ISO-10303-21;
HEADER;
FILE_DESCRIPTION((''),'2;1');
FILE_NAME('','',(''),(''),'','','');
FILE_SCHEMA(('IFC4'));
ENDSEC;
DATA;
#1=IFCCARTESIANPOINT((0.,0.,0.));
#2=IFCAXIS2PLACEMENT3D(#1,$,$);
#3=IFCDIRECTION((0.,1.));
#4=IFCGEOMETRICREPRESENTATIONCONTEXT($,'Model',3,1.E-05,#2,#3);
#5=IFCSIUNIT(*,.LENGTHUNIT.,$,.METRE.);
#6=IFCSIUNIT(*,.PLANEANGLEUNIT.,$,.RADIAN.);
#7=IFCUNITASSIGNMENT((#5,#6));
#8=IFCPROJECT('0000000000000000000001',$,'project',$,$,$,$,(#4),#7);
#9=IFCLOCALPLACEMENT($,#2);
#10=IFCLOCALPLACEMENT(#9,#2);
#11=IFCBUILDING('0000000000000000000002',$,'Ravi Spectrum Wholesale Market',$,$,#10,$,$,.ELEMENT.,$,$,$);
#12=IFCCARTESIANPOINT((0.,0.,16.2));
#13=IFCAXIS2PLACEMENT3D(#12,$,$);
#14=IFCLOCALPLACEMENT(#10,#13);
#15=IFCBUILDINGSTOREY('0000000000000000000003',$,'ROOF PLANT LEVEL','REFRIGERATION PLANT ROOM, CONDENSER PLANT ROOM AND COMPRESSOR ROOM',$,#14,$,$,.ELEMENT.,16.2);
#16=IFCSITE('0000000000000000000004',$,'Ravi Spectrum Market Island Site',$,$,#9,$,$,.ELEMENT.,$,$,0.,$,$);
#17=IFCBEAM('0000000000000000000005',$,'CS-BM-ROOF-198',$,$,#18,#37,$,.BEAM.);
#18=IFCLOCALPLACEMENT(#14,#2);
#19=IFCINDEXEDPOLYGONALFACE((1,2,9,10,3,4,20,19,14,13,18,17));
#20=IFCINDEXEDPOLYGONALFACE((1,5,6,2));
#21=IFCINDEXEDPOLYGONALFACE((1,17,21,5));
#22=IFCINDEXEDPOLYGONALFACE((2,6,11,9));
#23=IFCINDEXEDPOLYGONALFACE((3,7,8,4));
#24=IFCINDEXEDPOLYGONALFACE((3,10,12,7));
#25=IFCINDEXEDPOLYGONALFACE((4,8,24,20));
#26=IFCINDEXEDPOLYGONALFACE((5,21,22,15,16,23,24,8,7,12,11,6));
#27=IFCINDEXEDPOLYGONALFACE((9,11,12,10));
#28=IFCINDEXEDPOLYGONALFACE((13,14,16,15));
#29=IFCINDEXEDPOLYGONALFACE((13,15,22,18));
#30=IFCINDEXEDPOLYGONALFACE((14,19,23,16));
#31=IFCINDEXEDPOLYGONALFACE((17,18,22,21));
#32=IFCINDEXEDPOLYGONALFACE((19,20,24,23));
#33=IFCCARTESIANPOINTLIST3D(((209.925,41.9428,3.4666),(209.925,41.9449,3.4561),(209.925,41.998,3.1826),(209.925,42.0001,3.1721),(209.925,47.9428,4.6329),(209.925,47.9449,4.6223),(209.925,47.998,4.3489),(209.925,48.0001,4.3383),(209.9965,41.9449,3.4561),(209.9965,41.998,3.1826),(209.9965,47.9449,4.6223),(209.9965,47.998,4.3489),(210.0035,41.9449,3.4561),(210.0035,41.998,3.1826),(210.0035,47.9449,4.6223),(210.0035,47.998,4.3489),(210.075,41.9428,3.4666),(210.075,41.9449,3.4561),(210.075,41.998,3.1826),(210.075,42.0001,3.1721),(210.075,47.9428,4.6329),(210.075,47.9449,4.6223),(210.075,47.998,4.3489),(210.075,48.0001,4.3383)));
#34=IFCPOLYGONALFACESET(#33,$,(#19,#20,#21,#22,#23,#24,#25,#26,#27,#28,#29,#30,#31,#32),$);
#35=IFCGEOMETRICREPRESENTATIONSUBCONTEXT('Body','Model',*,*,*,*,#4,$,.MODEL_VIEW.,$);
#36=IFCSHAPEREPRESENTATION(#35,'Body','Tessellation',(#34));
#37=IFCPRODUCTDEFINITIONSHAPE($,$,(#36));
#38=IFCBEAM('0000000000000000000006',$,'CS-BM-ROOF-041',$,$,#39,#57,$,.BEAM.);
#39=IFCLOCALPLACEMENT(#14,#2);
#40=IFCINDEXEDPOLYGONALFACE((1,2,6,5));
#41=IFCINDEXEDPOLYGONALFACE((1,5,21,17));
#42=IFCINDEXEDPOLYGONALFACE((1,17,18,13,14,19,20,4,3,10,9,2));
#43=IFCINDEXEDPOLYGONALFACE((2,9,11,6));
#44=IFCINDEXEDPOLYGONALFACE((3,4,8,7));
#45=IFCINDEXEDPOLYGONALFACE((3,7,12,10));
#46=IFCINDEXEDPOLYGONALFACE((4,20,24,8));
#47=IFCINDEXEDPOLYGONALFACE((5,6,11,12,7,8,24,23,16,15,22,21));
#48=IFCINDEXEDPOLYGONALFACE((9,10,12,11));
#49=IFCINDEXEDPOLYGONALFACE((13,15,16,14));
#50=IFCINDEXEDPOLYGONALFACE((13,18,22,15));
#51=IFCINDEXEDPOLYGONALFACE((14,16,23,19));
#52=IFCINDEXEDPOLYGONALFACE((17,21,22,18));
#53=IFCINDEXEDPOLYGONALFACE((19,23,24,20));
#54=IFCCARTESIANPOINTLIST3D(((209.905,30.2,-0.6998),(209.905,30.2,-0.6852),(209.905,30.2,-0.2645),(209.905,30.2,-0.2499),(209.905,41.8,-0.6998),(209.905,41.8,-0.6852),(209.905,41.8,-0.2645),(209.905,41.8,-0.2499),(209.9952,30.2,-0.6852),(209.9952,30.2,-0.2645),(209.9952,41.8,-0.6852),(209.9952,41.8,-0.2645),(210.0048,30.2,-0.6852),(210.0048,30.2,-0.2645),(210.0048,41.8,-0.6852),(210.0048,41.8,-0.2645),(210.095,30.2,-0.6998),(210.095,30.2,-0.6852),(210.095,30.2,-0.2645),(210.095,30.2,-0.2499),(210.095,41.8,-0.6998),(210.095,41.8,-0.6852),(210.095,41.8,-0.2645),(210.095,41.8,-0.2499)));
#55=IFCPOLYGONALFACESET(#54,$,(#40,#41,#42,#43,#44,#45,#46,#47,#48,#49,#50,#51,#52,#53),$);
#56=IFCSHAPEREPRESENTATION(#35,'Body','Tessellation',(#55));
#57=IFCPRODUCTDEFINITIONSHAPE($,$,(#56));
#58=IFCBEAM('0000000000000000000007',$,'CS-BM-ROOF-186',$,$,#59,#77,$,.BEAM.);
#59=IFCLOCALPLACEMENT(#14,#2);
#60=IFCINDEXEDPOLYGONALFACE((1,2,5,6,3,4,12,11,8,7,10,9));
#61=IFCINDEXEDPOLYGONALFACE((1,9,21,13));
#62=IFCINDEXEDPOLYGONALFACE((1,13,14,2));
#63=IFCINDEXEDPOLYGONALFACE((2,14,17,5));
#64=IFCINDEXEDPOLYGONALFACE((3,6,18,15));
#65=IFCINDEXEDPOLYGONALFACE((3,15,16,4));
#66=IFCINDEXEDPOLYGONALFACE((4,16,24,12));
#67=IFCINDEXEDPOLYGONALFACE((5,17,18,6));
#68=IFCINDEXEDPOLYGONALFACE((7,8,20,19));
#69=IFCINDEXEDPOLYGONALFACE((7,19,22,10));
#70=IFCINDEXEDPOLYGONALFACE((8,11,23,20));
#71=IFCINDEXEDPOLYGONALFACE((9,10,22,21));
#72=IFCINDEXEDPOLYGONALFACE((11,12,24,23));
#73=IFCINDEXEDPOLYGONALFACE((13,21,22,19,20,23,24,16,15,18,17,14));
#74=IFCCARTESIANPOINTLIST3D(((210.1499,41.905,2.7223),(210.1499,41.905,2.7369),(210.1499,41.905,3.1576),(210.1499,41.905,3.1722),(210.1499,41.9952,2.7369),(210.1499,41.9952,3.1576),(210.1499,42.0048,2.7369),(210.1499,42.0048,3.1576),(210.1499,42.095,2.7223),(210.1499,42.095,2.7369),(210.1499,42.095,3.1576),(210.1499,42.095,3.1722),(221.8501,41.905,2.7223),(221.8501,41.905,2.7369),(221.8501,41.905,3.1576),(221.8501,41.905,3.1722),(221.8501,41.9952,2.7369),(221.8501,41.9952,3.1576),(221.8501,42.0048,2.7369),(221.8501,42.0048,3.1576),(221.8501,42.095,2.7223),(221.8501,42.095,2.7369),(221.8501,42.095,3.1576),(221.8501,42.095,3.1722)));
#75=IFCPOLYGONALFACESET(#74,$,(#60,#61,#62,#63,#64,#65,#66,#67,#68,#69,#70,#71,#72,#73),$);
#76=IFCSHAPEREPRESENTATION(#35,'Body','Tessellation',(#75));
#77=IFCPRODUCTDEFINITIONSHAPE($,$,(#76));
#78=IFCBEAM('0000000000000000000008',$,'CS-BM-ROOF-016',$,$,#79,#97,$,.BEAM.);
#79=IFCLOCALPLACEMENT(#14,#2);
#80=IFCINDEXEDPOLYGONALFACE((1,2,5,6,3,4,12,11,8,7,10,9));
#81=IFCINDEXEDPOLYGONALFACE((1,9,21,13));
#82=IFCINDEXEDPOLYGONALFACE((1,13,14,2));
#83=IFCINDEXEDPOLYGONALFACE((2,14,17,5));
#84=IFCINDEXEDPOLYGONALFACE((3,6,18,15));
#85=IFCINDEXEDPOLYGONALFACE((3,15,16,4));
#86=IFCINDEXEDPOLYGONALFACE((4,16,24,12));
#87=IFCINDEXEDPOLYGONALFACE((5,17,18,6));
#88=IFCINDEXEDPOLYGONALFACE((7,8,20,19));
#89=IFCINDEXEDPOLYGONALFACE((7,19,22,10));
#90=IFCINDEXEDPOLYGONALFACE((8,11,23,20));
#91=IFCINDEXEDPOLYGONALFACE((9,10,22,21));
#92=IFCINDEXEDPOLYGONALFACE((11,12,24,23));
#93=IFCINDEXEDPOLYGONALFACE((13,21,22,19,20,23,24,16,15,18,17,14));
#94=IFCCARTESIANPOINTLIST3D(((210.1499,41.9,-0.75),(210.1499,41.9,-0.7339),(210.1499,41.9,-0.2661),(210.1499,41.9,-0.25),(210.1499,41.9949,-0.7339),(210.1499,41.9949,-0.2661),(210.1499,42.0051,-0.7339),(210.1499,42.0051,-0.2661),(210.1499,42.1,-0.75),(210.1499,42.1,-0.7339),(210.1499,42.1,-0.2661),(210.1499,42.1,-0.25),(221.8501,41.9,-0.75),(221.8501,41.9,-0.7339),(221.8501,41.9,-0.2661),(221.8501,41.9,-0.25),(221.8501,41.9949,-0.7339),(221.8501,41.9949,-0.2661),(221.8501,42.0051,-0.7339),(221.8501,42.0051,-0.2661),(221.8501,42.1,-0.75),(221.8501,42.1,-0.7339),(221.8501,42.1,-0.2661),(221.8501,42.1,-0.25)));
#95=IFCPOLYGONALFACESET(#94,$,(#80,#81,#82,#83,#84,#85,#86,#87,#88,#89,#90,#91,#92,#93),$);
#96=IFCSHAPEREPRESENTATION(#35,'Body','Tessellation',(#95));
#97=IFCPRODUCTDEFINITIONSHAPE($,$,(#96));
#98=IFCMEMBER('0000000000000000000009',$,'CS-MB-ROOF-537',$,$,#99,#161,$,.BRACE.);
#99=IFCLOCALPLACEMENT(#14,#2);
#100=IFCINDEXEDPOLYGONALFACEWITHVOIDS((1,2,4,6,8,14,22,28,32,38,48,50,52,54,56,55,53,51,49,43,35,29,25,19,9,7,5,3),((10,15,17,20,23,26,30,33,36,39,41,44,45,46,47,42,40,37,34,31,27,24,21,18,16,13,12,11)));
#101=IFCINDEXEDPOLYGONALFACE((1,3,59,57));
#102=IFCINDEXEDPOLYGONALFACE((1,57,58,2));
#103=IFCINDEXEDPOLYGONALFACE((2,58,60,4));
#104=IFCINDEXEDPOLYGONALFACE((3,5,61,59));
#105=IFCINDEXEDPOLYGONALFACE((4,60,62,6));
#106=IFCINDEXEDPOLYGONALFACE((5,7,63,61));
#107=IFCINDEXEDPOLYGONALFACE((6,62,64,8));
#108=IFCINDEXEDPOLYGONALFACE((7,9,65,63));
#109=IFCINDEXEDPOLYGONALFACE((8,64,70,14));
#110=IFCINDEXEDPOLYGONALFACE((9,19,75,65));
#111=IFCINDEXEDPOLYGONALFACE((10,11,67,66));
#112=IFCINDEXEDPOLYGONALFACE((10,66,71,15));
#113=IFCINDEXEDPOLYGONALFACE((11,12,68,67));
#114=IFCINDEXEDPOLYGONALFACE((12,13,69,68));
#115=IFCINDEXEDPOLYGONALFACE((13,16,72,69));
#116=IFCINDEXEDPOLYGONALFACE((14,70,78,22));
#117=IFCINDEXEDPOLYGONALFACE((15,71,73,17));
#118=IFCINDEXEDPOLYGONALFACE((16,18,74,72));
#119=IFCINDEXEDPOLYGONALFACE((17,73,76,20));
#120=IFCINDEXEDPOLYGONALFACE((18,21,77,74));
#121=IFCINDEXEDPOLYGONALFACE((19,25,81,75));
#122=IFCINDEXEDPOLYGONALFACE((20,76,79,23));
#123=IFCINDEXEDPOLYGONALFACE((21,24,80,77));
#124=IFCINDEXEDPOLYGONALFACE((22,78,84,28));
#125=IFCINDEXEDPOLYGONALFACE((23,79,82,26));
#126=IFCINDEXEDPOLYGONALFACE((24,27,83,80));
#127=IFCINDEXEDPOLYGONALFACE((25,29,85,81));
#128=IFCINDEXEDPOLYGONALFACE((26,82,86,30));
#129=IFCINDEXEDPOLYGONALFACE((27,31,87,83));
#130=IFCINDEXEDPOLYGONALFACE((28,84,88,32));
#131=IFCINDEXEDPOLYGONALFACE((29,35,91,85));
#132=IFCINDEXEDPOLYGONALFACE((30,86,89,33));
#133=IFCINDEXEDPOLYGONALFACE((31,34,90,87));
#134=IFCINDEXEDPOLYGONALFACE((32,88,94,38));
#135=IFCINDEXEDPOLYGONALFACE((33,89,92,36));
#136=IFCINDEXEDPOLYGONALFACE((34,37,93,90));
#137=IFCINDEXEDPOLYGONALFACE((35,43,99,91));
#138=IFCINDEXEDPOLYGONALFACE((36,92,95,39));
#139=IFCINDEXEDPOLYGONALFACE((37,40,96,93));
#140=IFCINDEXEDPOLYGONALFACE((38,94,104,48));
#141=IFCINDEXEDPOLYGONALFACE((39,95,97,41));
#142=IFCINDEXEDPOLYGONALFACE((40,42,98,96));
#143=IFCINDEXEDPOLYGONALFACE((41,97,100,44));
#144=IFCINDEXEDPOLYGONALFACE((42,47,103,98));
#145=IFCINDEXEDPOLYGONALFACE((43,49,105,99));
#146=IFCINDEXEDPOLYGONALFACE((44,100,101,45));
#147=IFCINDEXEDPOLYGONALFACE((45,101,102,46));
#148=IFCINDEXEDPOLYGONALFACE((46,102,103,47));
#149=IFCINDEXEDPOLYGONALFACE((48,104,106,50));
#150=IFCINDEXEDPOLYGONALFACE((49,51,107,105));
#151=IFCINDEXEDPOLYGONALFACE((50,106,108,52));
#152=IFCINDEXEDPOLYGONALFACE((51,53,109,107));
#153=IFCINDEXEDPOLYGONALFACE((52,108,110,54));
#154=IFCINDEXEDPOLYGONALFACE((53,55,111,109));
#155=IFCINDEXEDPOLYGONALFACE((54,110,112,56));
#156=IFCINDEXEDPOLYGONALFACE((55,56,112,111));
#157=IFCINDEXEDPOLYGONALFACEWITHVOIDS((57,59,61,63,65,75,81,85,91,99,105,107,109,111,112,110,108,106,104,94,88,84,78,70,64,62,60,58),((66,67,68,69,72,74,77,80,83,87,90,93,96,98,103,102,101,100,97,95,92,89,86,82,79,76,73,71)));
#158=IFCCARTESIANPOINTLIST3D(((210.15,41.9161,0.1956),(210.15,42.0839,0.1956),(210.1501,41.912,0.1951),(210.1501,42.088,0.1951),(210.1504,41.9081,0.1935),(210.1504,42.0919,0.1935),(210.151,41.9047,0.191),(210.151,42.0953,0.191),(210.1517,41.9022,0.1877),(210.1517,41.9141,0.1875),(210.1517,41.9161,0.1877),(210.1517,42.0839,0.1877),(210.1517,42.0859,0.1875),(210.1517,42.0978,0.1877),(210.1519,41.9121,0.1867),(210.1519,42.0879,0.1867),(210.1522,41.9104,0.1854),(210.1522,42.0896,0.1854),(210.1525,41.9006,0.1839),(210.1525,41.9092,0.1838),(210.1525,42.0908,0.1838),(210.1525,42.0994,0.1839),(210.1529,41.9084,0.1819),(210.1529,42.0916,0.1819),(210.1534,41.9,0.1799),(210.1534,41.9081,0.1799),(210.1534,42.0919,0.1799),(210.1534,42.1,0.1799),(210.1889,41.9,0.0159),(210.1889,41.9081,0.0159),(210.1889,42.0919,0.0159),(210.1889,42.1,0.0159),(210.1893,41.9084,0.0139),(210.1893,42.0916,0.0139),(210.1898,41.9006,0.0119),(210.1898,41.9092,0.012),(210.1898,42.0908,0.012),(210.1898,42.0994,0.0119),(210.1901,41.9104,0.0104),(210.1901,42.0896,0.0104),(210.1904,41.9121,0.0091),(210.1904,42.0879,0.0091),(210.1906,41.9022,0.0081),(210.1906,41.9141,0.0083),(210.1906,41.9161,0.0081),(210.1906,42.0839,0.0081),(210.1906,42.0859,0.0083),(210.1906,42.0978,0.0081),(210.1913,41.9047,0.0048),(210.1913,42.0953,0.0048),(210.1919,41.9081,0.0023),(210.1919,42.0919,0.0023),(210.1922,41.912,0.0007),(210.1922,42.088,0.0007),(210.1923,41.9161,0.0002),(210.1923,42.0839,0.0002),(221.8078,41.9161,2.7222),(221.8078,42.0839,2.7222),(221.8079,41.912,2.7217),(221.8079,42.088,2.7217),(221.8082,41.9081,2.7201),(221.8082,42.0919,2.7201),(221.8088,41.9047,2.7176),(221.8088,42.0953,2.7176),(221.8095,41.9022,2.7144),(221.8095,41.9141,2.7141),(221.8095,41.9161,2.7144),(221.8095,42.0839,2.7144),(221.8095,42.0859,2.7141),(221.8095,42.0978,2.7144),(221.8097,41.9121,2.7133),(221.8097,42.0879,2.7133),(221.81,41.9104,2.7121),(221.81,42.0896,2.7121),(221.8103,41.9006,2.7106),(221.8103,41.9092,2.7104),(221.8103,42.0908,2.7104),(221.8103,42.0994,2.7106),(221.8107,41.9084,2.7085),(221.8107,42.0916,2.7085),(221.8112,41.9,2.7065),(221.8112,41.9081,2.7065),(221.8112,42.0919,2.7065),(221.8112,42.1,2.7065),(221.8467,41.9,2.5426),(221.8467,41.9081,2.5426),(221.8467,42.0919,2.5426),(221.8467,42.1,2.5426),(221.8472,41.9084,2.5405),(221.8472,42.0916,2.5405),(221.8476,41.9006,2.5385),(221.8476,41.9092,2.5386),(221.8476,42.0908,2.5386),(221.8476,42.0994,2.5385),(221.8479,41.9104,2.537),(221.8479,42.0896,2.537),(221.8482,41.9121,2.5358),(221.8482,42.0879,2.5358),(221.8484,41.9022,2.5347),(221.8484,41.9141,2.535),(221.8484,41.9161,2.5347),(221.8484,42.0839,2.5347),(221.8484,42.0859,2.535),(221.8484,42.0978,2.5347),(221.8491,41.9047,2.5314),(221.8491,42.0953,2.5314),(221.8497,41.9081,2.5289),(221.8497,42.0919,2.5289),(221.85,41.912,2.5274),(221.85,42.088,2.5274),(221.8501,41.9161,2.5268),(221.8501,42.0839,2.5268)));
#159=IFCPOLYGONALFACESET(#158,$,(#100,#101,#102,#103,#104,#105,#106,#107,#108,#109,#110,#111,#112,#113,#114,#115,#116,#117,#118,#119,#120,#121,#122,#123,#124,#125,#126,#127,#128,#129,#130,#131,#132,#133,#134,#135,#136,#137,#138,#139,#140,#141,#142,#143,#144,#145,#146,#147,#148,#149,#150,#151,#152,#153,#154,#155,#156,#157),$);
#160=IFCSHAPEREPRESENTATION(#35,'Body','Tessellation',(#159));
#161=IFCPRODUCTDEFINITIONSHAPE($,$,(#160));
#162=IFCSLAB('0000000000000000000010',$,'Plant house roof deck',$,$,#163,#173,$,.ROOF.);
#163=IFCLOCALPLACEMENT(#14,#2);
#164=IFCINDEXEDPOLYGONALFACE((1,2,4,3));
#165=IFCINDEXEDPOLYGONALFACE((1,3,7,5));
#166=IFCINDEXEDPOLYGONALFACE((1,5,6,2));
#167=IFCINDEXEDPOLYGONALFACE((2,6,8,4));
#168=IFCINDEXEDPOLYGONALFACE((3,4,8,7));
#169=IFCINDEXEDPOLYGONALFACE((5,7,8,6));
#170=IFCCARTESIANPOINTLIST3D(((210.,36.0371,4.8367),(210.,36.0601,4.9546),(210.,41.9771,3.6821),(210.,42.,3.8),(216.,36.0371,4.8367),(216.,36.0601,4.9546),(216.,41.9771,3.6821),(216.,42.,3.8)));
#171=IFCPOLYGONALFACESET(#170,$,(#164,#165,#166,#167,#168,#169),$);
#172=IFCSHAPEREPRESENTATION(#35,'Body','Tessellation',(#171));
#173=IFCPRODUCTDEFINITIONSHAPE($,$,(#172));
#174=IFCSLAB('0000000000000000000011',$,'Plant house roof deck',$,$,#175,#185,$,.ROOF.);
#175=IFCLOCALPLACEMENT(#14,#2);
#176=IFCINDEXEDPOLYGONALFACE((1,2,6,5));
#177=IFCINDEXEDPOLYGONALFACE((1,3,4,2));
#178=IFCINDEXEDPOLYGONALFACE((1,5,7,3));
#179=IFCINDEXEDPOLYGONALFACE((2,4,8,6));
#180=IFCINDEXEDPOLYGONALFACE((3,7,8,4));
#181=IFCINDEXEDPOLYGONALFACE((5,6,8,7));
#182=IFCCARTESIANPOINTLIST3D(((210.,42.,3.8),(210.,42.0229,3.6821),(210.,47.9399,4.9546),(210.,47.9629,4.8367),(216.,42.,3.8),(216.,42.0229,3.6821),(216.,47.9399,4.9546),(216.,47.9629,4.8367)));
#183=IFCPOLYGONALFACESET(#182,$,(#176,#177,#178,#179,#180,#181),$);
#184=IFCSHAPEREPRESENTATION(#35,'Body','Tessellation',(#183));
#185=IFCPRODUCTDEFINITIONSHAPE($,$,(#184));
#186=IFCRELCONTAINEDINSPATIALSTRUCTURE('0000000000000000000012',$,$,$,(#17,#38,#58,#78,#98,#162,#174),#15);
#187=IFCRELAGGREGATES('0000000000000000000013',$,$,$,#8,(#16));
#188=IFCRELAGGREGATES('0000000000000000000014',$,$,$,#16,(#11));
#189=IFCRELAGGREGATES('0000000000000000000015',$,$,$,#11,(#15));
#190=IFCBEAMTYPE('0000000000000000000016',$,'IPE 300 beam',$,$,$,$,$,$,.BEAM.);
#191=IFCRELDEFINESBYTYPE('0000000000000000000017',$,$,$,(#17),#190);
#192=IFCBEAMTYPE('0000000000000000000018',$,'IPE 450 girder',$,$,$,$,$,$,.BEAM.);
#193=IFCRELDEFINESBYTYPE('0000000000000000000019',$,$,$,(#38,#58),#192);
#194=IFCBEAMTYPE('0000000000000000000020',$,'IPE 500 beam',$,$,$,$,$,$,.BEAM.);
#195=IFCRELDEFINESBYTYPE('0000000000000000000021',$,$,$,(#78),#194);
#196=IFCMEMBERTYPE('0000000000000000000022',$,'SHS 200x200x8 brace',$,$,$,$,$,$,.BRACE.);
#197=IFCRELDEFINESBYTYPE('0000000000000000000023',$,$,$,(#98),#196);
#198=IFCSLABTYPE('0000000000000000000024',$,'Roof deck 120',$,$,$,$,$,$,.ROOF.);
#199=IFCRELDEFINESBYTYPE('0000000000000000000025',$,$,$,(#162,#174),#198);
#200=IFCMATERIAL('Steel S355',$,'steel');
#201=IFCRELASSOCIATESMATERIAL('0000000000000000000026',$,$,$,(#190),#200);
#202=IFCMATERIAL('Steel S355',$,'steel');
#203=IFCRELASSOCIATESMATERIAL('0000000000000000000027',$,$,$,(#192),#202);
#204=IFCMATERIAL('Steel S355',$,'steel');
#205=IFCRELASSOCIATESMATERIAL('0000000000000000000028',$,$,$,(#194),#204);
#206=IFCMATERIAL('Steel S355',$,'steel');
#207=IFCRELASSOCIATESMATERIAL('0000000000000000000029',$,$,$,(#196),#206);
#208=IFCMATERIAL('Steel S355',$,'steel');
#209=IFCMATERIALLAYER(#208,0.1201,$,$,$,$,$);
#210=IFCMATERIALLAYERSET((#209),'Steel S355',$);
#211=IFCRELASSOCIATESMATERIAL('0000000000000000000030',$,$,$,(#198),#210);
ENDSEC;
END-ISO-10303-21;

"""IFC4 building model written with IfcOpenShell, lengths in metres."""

from ifc_helpers import new_model, si_unit, direction, frame, origin, origin_2d, place, context, subcontext, project, spatial, polyline, hollow_rectangle, i_section, outline, extrude, material, layer, layer_set, material_profile, profile_set, type_object, element, save


model = new_model("IFC4")

# Units and contexts
model_context = context("Model", 3, precision=1e-05, world=origin(), true_north=direction((0.0, 1.0)))
body_context = subcontext(model_context, "Body", "Model", "MODEL_VIEW")
ifc_project = project(units=[si_unit("LENGTHUNIT", "METRE"), si_unit("PLANEANGLEUNIT", "RADIAN")], contexts=[model_context])

# Site, building, storey
site_placement = place(None, origin())
site = spatial("IfcSite", under=ifc_project, at=site_placement, Name="Ravi Spectrum Market Island Site", CompositionType="ELEMENT", RefElevation=0.0)
building_placement = place(site_placement, origin())
building = spatial("IfcBuilding", under=site, at=building_placement, Name="Ravi Spectrum Wholesale Market", CompositionType="ELEMENT")
storey_placement = place(building_placement, frame((0.0, 0.0, 16.2)))
storey = spatial("IfcBuildingStorey", under=building, at=storey_placement, Name="ROOF PLANT LEVEL", Description="REFRIGERATION PLANT ROOM, CONDENSER PLANT ROOM AND COMPRESSOR ROOM", CompositionType="ELEMENT", Elevation=16.2)

# Beams
ifc_material_1 = material(Name="Steel S355", Category="steel")
ifc_material_profile_1 = material_profile(ifc_material_1, i_section(OverallWidth=0.1499, OverallDepth=0.3, WebThickness=0.0071, FlangeThickness=0.0107, at=origin_2d()))
ifc_profile_set_1 = profile_set([ifc_material_profile_1], Name="Steel S355")
beam_type_1 = type_object("IfcBeamType", Name="IPE 300 beam", PredefinedType="BEAM", material=ifc_profile_set_1)
beam_1_placement = place(storey_placement, frame((210.0, 41.9714, 3.3193), z_axis=(0.0, 0.981628, 0.190806), x_axis=(-1.0, 0.0, 0.0)))
element("IfcBeam", 1, at=beam_1_placement, inside=storey, type_object=beam_type_1, Name="CS-BM-ROOF-198", PredefinedType="BEAM", context=body_context, shape_type="SweptSolid", body=[
    extrude(i_section(OverallWidth=0.1499, OverallDepth=0.3, WebThickness=0.0071, FlangeThickness=0.0107, at=origin_2d()), origin(), (0.0, 0.0, 1.0), 6.1123),
])
ifc_material_2 = material(Name="Steel S355", Category="steel")
ifc_material_profile_2 = material_profile(ifc_material_2, i_section(OverallWidth=0.1899, OverallDepth=0.45, WebThickness=0.0095, FlangeThickness=0.0146, at=origin_2d()))
ifc_profile_set_2 = profile_set([ifc_material_profile_2], Name="Steel S355")
beam_type_2 = type_object("IfcBeamType", Name="IPE 450 girder", PredefinedType="BEAM", material=ifc_profile_set_2)
beam_2_placement = place(storey_placement, frame((210.0, 30.2, -0.4749), z_axis=(0.0, 1.0, 0.0), x_axis=(-1.0, 0.0, 0.0)))
element("IfcBeam", 2, at=beam_2_placement, inside=storey, type_object=beam_type_2, Name="CS-BM-ROOF-041", PredefinedType="BEAM", context=body_context, shape_type="SweptSolid", body=[
    extrude(i_section(OverallWidth=0.1899, OverallDepth=0.45, WebThickness=0.0095, FlangeThickness=0.0146, at=origin_2d()), origin(), (0.0, 0.0, 1.0), 11.6001),
])
beam_3_placement = place(storey_placement, frame((210.1499, 42.0, 2.9473), z_axis=(1.0, 0.0, 0.0), x_axis=(0.0, 1.0, 0.0)))
element("IfcBeam", 3, at=beam_3_placement, inside=storey, type_object=beam_type_2, Name="CS-BM-ROOF-186", PredefinedType="BEAM", context=body_context, shape_type="SweptSolid", body=[
    extrude(i_section(OverallWidth=0.1899, OverallDepth=0.45, WebThickness=0.0095, FlangeThickness=0.0146, at=origin_2d()), origin(), (0.0, 0.0, 1.0), 11.7002),
])
ifc_material_3 = material(Name="Steel S355", Category="steel")
ifc_material_profile_3 = material_profile(ifc_material_3, i_section(OverallWidth=0.2, OverallDepth=0.5, WebThickness=0.0103, FlangeThickness=0.0161, at=origin_2d()))
ifc_profile_set_3 = profile_set([ifc_material_profile_3], Name="Steel S355")
beam_type_3 = type_object("IfcBeamType", Name="IPE 500 beam", PredefinedType="BEAM", material=ifc_profile_set_3)
beam_4_placement = place(storey_placement, frame((210.1499, 42.0, -0.5), z_axis=(1.0, 0.0, 0.0), x_axis=(0.0, 1.0, 0.0)))
element("IfcBeam", 4, at=beam_4_placement, inside=storey, type_object=beam_type_3, Name="CS-BM-ROOF-016", PredefinedType="BEAM", context=body_context, shape_type="SweptSolid", body=[
    extrude(i_section(OverallWidth=0.2, OverallDepth=0.5, WebThickness=0.0103, FlangeThickness=0.0161, at=origin_2d()), origin(), (0.0, 0.0, 1.0), 11.7002),
])

# Member
ifc_material_4 = material(Name="Steel S355", Category="steel")
ifc_material_profile_4 = material_profile(ifc_material_4, hollow_rectangle(XDim=0.2, YDim=0.2, WallThickness=0.0081, InnerFilletRadius=0.0081, OuterFilletRadius=0.0161, at=origin_2d()))
ifc_profile_set_4 = profile_set([ifc_material_profile_4], Name="Steel S355")
member_type_1 = type_object("IfcMemberType", Name="SHS 200x200x8 brace", PredefinedType="BRACE", material=ifc_profile_set_4)
member_placement = place(storey_placement, frame((210.1711, 42.0, 0.0979), z_axis=(0.97731, 0.0, 0.211815), x_axis=(0.0, 1.0, 0.0)))
element("IfcMember", 5, at=member_placement, inside=storey, type_object=member_type_1, Name="CS-MB-ROOF-537", PredefinedType="BRACE", context=body_context, shape_type="SweptSolid", body=[
    extrude(hollow_rectangle(XDim=0.2, YDim=0.2, WallThickness=0.0081, InnerFilletRadius=0.0081, OuterFilletRadius=0.0161, at=origin_2d()), origin(), (0.0, 0.0, 1.0), 11.9285),
])

# Slabs
ifc_material_5 = material(Name="Steel S355", Category="steel")
ifc_layer_1 = layer(ifc_material_5, 0.1201)
ifc_layer_set_1 = layer_set([ifc_layer_1], Name="Steel S355")
slab_type = type_object("IfcSlabType", Name="Roof deck 120", PredefinedType="ROOF", material=ifc_layer_set_1)
slab_1_placement = place(storey_placement, frame((210.0, 42.0, 3.8), z_axis=(0.0, 0.190798, 0.981629), x_axis=(1.0, 0.0, 0.0)))
element("IfcSlab", 6, at=slab_1_placement, inside=storey, type_object=slab_type, Name="Plant house roof deck", PredefinedType="ROOF", context=body_context, shape_type="SweptSolid", body=[
    extrude(outline(polyline([(0.0, 0.0), (6.0, 0.0), (6.0, -6.0511), (0.0, -6.0511), (0.0, 0.0)])), origin(), (0.0, 0.0, -1.0), 0.1201),
])
slab_2_placement = place(storey_placement, frame((210.0, 42.0, 3.8), z_axis=(0.0, -0.190798, 0.981629), x_axis=(1.0, 0.0, 0.0)))
element("IfcSlab", 7, at=slab_2_placement, inside=storey, type_object=slab_type, Name="Plant house roof deck", PredefinedType="ROOF", context=body_context, shape_type="SweptSolid", body=[
    extrude(outline(polyline([(0.0, 0.0), (6.0, 0.0), (6.0, 6.0511), (0.0, 6.0511), (0.0, 0.0)])), origin(), (0.0, 0.0, -1.0), 0.1201),
])

save(model, "model.ifc")
